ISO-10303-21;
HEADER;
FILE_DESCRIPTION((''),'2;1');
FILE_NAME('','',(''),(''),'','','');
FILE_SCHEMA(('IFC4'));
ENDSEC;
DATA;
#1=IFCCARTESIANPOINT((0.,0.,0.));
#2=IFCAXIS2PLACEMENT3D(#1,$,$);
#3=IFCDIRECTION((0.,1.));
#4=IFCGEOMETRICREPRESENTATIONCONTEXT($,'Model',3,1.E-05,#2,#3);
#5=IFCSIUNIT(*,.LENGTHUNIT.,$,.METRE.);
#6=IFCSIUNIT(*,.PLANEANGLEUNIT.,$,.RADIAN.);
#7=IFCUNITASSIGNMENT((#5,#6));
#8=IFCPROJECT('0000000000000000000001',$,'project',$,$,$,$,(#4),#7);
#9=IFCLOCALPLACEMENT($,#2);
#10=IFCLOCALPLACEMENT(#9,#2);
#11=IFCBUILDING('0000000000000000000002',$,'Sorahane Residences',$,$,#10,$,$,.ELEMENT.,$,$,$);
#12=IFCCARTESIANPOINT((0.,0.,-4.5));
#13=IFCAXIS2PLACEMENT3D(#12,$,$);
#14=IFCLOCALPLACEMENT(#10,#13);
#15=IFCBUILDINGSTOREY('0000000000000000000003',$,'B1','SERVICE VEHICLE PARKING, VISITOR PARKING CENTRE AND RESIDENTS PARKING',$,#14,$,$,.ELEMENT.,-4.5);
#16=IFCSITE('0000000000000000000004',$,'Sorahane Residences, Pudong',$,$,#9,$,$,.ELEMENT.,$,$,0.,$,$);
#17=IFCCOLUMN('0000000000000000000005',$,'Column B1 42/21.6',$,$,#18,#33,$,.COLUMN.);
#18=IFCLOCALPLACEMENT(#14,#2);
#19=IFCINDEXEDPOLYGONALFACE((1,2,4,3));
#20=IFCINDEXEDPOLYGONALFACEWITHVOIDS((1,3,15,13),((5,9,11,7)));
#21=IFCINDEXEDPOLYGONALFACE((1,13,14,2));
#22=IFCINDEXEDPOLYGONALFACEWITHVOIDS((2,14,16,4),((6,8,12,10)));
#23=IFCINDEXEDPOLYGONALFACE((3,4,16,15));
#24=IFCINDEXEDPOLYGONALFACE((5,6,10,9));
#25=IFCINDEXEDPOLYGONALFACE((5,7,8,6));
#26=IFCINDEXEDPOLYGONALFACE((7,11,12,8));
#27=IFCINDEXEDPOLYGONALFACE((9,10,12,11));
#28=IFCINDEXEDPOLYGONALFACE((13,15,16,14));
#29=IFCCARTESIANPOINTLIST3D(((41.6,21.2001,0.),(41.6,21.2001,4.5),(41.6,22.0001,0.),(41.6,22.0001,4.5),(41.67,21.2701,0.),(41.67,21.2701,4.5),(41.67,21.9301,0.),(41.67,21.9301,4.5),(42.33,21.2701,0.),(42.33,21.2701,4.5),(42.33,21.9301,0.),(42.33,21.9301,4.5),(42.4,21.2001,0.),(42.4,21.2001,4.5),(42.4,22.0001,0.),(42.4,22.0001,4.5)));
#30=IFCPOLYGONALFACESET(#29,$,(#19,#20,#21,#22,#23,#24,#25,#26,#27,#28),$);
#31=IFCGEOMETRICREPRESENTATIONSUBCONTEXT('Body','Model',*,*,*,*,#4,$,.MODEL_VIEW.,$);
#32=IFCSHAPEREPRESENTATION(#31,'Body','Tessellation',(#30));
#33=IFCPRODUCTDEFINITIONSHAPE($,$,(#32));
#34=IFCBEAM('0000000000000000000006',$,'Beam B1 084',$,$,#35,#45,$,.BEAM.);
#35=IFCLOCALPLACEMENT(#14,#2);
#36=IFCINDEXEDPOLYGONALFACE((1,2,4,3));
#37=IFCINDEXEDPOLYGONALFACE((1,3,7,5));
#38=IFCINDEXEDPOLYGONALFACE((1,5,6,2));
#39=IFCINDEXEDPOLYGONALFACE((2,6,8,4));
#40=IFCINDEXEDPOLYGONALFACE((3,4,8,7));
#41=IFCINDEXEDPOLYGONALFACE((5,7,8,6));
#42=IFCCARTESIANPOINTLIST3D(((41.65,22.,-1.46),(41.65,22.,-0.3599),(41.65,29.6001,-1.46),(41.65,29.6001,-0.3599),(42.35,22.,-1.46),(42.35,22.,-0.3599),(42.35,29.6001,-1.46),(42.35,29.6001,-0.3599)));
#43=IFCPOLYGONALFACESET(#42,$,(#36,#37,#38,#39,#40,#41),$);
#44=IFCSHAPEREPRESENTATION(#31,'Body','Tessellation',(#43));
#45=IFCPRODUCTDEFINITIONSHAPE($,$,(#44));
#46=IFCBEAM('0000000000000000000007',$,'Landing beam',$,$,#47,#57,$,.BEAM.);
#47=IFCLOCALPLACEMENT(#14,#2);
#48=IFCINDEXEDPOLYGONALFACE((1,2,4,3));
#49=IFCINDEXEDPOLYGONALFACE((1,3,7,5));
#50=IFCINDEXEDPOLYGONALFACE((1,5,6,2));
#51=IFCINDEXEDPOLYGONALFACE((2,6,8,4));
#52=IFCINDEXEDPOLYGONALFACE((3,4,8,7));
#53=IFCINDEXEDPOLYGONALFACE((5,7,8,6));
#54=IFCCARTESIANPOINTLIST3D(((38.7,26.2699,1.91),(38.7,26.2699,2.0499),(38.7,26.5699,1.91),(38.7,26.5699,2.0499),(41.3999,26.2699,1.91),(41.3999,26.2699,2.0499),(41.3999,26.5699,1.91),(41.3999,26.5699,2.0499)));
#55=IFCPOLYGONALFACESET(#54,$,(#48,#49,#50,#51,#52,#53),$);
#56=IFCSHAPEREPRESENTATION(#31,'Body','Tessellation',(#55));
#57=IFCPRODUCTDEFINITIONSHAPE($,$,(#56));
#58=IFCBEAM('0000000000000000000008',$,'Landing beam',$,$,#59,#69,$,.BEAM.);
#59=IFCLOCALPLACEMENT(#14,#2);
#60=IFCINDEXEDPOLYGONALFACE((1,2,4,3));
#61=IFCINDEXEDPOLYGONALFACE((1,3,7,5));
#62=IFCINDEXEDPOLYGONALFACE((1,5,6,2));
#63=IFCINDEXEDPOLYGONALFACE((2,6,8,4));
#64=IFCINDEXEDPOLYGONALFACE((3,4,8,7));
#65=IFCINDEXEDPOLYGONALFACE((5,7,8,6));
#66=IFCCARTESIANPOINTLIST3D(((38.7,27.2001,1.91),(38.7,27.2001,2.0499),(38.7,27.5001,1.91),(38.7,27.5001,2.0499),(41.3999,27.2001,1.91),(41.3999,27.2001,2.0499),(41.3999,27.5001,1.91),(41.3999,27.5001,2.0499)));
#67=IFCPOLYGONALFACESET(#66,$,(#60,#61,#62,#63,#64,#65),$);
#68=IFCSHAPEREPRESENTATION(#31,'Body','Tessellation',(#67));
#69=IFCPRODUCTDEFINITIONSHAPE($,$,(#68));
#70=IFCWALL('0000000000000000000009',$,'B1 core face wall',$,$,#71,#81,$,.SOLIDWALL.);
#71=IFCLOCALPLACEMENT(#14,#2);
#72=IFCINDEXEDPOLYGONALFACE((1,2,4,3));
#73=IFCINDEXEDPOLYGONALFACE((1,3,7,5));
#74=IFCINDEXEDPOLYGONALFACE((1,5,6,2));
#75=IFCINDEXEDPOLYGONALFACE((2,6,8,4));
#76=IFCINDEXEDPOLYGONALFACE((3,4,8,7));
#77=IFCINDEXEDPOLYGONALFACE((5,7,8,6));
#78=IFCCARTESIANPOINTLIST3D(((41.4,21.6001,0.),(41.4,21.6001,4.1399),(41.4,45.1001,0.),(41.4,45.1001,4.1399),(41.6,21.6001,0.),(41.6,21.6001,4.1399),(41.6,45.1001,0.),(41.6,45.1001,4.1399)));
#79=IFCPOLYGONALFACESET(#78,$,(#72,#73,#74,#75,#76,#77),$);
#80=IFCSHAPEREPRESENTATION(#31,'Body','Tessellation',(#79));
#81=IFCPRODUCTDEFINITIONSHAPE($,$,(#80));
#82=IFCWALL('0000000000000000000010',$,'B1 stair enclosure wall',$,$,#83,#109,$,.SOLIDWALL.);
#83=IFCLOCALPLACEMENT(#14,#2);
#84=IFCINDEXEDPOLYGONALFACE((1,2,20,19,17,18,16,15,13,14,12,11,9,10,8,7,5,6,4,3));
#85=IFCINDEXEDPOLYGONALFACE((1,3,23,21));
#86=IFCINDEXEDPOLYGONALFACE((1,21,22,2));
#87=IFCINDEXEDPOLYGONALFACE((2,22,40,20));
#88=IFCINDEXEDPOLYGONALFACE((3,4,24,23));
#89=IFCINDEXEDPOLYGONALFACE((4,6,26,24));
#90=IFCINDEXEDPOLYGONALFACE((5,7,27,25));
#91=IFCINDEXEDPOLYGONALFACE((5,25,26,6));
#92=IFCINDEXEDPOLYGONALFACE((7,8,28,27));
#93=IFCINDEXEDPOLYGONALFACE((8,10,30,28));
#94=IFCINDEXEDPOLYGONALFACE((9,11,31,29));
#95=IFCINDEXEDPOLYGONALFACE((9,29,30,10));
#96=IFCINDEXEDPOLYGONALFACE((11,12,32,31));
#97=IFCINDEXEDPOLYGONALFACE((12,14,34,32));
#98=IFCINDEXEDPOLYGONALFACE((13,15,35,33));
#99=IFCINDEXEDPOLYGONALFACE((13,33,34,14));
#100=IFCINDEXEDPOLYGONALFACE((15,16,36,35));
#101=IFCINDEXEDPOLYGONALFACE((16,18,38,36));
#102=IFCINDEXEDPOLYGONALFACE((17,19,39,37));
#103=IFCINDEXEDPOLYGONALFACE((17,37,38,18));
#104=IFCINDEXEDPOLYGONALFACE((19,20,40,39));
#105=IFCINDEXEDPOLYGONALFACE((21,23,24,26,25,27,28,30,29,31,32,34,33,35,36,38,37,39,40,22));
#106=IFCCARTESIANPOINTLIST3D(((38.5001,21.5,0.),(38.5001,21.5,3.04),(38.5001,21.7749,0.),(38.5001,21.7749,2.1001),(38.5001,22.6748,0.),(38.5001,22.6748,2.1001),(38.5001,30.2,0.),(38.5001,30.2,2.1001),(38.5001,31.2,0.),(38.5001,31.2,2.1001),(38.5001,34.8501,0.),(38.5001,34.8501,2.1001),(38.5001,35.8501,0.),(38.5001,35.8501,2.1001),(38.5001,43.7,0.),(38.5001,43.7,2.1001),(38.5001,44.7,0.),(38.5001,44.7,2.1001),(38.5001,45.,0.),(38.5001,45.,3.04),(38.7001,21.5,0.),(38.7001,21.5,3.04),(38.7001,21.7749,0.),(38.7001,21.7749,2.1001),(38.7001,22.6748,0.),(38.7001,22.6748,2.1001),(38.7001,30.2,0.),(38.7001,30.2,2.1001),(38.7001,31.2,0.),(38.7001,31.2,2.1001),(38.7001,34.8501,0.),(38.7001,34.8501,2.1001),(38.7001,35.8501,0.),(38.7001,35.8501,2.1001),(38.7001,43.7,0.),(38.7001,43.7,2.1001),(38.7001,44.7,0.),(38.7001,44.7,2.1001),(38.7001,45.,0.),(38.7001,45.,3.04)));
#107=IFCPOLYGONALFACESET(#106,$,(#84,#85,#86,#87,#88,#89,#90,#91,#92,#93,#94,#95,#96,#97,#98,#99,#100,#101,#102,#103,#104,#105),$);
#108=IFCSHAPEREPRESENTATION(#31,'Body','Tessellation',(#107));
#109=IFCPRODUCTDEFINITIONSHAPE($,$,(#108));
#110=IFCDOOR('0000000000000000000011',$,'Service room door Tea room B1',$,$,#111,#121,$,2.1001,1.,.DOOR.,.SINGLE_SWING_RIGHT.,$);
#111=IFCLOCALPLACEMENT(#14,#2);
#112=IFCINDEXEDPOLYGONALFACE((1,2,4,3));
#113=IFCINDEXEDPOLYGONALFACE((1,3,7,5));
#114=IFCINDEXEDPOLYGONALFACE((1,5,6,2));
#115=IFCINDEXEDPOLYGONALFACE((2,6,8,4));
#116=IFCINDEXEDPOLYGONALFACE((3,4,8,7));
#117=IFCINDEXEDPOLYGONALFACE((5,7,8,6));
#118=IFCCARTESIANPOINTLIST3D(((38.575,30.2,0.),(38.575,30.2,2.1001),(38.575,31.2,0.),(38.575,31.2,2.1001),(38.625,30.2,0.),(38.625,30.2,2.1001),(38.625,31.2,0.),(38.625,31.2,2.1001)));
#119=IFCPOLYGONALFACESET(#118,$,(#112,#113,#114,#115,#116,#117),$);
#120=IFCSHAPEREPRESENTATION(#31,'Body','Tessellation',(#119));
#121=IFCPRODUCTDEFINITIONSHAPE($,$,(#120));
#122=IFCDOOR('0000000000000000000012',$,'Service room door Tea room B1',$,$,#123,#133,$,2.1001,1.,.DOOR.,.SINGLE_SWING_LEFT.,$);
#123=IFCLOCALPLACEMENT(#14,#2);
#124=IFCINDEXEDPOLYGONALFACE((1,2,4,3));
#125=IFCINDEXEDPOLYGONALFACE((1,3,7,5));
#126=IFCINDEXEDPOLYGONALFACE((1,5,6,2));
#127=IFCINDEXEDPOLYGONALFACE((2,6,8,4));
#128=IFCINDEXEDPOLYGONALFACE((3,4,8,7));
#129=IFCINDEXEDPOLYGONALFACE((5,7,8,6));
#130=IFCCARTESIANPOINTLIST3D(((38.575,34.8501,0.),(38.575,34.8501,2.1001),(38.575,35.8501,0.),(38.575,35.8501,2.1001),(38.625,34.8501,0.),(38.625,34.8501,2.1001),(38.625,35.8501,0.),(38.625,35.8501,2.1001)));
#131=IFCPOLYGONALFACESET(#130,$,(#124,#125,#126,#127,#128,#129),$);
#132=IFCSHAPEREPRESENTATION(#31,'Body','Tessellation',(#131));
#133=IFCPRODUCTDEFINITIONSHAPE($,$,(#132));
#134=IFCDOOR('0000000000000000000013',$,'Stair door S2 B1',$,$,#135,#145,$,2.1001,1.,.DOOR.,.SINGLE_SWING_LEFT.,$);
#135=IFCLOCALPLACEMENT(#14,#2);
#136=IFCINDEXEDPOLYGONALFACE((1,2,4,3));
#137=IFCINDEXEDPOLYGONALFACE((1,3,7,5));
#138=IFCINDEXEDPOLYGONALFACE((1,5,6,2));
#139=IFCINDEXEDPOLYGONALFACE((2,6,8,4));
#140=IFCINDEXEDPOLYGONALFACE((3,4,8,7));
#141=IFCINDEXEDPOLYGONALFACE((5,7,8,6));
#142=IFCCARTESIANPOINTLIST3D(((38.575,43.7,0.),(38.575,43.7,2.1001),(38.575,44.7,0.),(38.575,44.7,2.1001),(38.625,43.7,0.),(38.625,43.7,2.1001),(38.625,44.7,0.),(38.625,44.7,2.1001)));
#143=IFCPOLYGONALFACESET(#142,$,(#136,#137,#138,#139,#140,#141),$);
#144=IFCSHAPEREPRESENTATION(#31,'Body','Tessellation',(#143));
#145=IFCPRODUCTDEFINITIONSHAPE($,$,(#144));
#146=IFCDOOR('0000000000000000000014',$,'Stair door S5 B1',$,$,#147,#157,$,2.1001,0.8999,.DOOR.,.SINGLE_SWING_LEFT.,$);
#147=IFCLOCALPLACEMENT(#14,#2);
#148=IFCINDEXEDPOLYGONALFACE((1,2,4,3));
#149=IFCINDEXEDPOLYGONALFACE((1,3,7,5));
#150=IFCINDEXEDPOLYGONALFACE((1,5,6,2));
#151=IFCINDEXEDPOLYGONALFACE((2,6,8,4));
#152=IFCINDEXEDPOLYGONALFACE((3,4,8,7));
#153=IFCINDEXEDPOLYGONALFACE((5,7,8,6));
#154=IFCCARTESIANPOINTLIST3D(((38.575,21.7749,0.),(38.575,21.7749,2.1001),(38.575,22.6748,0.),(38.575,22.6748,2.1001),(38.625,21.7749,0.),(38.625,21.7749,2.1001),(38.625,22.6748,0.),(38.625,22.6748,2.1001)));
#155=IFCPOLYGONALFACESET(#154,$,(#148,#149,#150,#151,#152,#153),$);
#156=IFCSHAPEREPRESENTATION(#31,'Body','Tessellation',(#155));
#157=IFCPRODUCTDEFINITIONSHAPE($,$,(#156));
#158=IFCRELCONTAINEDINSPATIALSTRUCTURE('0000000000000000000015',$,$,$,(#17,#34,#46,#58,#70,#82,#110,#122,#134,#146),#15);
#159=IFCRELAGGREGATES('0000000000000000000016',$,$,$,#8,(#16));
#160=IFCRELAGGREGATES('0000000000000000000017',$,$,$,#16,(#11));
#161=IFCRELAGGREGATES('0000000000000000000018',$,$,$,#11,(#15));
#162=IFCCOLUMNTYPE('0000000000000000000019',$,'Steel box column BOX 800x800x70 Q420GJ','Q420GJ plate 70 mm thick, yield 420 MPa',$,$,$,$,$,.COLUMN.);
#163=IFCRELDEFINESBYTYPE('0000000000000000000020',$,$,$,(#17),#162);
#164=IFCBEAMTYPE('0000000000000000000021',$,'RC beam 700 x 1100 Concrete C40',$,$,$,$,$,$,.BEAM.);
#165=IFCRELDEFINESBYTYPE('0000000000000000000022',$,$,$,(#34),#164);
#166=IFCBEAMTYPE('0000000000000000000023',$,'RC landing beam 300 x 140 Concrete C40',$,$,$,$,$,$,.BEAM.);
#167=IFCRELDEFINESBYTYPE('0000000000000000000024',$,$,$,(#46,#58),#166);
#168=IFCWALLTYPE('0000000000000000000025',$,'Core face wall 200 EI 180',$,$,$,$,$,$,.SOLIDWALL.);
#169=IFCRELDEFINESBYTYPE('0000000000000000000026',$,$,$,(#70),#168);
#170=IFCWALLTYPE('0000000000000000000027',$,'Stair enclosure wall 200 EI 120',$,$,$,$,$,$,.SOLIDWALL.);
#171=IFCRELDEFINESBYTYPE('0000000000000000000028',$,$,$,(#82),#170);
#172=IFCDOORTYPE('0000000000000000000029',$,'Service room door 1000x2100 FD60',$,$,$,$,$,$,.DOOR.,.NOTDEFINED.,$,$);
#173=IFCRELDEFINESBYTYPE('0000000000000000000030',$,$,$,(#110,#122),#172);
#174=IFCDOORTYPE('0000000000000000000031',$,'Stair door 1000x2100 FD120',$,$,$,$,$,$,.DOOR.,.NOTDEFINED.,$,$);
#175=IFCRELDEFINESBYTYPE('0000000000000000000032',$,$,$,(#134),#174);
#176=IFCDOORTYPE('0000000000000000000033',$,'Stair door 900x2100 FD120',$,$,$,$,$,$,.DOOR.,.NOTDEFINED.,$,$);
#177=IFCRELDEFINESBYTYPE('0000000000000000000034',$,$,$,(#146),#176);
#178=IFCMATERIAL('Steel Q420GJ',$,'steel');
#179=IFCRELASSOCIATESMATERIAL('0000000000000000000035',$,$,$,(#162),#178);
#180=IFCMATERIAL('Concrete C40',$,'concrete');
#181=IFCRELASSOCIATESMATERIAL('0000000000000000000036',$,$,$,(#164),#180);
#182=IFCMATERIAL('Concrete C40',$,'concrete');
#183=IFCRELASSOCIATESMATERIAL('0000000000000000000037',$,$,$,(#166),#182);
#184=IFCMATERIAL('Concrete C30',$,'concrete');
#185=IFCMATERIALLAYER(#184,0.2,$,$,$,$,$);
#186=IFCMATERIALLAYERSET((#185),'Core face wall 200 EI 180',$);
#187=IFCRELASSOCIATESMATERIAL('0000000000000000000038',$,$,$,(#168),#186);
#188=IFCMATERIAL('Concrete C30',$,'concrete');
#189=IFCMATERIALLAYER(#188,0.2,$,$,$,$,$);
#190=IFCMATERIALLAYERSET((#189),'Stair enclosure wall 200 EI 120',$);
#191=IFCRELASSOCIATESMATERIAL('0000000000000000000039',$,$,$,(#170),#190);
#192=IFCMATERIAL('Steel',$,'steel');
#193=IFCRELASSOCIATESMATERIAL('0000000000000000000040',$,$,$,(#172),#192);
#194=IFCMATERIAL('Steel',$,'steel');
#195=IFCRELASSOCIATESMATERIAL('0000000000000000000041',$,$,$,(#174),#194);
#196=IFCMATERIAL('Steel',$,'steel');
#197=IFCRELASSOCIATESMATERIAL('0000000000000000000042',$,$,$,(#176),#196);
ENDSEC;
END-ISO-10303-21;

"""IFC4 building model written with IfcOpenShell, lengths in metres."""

from ifc_helpers import new_model, si_unit, direction, frame, frame_2d, origin, origin_2d, place, context, subcontext, project, spatial, rectangle, hollow_rectangle, extrude, material, layer, layer_set, material_profile, profile_set, type_object, element, fill, save


model = new_model("IFC4")

# Units and contexts
model_context = context("Model", 3, precision=1e-05, world=origin(), true_north=direction((0.0, 1.0)))
body_context = subcontext(model_context, "Body", "Model", "MODEL_VIEW")
ifc_project = project(units=[si_unit("LENGTHUNIT", "METRE"), si_unit("PLANEANGLEUNIT", "RADIAN")], contexts=[model_context])

# Site, building, storey
site_placement = place(None, origin())
site = spatial("IfcSite", under=ifc_project, at=site_placement, Name="Sorahane Residences, Pudong", CompositionType="ELEMENT", RefElevation=0.0)
building_placement = place(site_placement, origin())
building = spatial("IfcBuilding", under=site, at=building_placement, Name="Sorahane Residences", CompositionType="ELEMENT")
storey_placement = place(building_placement, frame((0.0, 0.0, -4.5)))
storey = spatial("IfcBuildingStorey", under=building, at=storey_placement, Name="B1", Description="SERVICE VEHICLE PARKING, VISITOR PARKING CENTRE AND RESIDENTS PARKING", CompositionType="ELEMENT", Elevation=-4.5)

# Column
ifc_material_1 = material(Name="Steel Q420GJ", Category="steel")
ifc_material_profile_1 = material_profile(ifc_material_1, hollow_rectangle(XDim=0.8, YDim=0.8, WallThickness=0.0701, at=origin_2d()), Name="BOX 800x800x70")
ifc_profile_set_1 = profile_set([ifc_material_profile_1], Name="Steel Q420GJ")
column_type = type_object("IfcColumnType", Name="Steel box column BOX 800x800x70 Q420GJ", Description="Q420GJ plate 70 mm thick, yield 420 MPa", PredefinedType="COLUMN", material=ifc_profile_set_1)
column_placement = place(storey_placement, frame((42.0, 21.6001, 0.0), z_axis=(0.0, 0.0, 1.0), x_axis=(1.0, 0.0, 0.0)))
element("IfcColumn", 1, at=column_placement, inside=storey, type_object=column_type, Name="Column B1 42/21.6", PredefinedType="COLUMN", context=body_context, shape_type="SweptSolid", body=[
    extrude(hollow_rectangle(XDim=0.8, YDim=0.8, WallThickness=0.0701, at=origin_2d()), origin(), (0.0, 0.0, 1.0), 4.5),
])

# Beams
ifc_material_2 = material(Name="Concrete C40", Category="concrete")
ifc_material_profile_2 = material_profile(ifc_material_2, rectangle(XDim=0.7, YDim=1.1001, at=origin_2d()), Name="700x1100")
ifc_profile_set_2 = profile_set([ifc_material_profile_2], Name="Concrete C40")
beam_type_1 = type_object("IfcBeamType", Name="RC beam 700 x 1100 Concrete C40", PredefinedType="BEAM", material=ifc_profile_set_2)
beam_placement = place(storey_placement, frame((42.0, 22.0, -0.9099), z_axis=(0.0, 1.0, 0.0), x_axis=(-1.0, 0.0, 0.0)))
element("IfcBeam", 2, at=beam_placement, inside=storey, type_object=beam_type_1, Name="Beam B1 084", PredefinedType="BEAM", context=body_context, shape_type="SweptSolid", body=[
    extrude(rectangle(XDim=0.7, YDim=1.1001, at=origin_2d()), origin(), (0.0, 0.0, 1.0), 7.6001),
])
ifc_material_3 = material(Name="Concrete C40", Category="concrete")
ifc_material_profile_3 = material_profile(ifc_material_3, rectangle(XDim=0.3, YDim=0.1399, at=origin_2d()), Name="300x140")
ifc_profile_set_3 = profile_set([ifc_material_profile_3], Name="Concrete C40")
beam_type_2 = type_object("IfcBeamType", Name="RC landing beam 300 x 140 Concrete C40", PredefinedType="BEAM", material=ifc_profile_set_3)
for number, where, z_axis, x_axis, name in (
    (3, (38.7, 26.4199, 1.98), (1.0, 0.0, 0.0), (0.0, 1.0, 0.0), "Landing beam"),
    (4, (38.7, 27.3501, 1.98), (1.0, 0.0, 0.0), (0.0, 1.0, 0.0), "Landing beam"),
):
    element("IfcBeam", number, at=place(storey_placement, frame(where, z_axis=z_axis, x_axis=x_axis)), inside=storey, type_object=beam_type_2, Name=name, PredefinedType="BEAM", context=body_context, shape_type="SweptSolid", body=[
        extrude(rectangle(XDim=0.3, YDim=0.1399, at=origin_2d()), origin(), (0.0, 0.0, 1.0), 2.7),
    ])

# Wall
ifc_material_4 = material(Name="Concrete C30", Category="concrete")
ifc_layer_1 = layer(ifc_material_4, 0.2)
ifc_layer_set_1 = layer_set([ifc_layer_1], Name="Core face wall 200 EI 180")
wall_type_1 = type_object("IfcWallType", Name="Core face wall 200 EI 180", PredefinedType="SOLIDWALL", material=ifc_layer_set_1)
wall_1_placement = place(storey_placement, frame((41.5, 21.6001, 0.0), z_axis=(0.0, 0.0, 1.0), x_axis=(0.0, 1.0, 0.0)))
element("IfcWall", 5, at=wall_1_placement, inside=storey, type_object=wall_type_1, Name="B1 core face wall", PredefinedType="SOLIDWALL", context=body_context, shape_type="SweptSolid", body=[
    extrude(rectangle(XDim=23.5, YDim=0.2, at=frame_2d((11.75, 0.0))), origin(), (0.0, 0.0, 1.0), 4.1399),
])

# Wall, openings, doors
ifc_material_5 = material(Name="Concrete C30", Category="concrete")
ifc_layer_2 = layer(ifc_material_5, 0.2)
ifc_layer_set_2 = layer_set([ifc_layer_2], Name="Stair enclosure wall 200 EI 120")
wall_type_2 = type_object("IfcWallType", Name="Stair enclosure wall 200 EI 120", PredefinedType="SOLIDWALL", material=ifc_layer_set_2)
wall_2_placement = place(storey_placement, frame((38.6001, 21.5, 0.0), z_axis=(0.0, 0.0, 1.0), x_axis=(0.0, 1.0, 0.0)))
wall_2 = element("IfcWall", 6, at=wall_2_placement, inside=storey, type_object=wall_type_2, Name="B1 stair enclosure wall", PredefinedType="SOLIDWALL", context=body_context, shape_type="SweptSolid", body=[
    extrude(rectangle(XDim=23.5, YDim=0.2, at=frame_2d((11.75, 0.0))), origin(), (0.0, 0.0, 1.0), 3.04),
])
opening_1_placement = place(wall_2_placement, frame((8.7, 0.0, 0.0)))
opening_1 = element("IfcOpeningElement", 7, at=opening_1_placement, cuts=wall_2, PredefinedType="OPENING", context=body_context, shape_type="SweptSolid", body=[
    extrude(rectangle(XDim=1.0, YDim=2.1001, at=frame_2d((0.5, 1.05))), frame((0.0, 0.1099, 0.0), z_axis=(0.0, -1.0, 0.0), x_axis=(1.0, 0.0, 0.0)), (0.0, 0.0, 1.0), 0.22),
])
opening_2_placement = place(wall_2_placement, frame((13.3501, 0.0, 0.0)))
opening_2 = element("IfcOpeningElement", 8, at=opening_2_placement, cuts=wall_2, PredefinedType="OPENING", context=body_context, shape_type="SweptSolid", body=[
    extrude(rectangle(XDim=1.0, YDim=2.1001, at=frame_2d((0.5, 1.05))), frame((0.0, 0.1099, 0.0), z_axis=(0.0, -1.0, 0.0), x_axis=(1.0, 0.0, 0.0)), (0.0, 0.0, 1.0), 0.22),
])
opening_3_placement = place(wall_2_placement, frame((22.2, 0.0, 0.0)))
opening_3 = element("IfcOpeningElement", 9, at=opening_3_placement, cuts=wall_2, PredefinedType="OPENING", context=body_context, shape_type="SweptSolid", body=[
    extrude(rectangle(XDim=1.0, YDim=2.1001, at=frame_2d((0.5, 1.05))), frame((0.0, 0.1099, 0.0), z_axis=(0.0, -1.0, 0.0), x_axis=(1.0, 0.0, 0.0)), (0.0, 0.0, 1.0), 0.22),
])
opening_4_placement = place(wall_2_placement, frame((0.2749, 0.0, 0.0)))
opening_4 = element("IfcOpeningElement", 10, at=opening_4_placement, cuts=wall_2, PredefinedType="OPENING", context=body_context, shape_type="SweptSolid", body=[
    extrude(rectangle(XDim=0.8999, YDim=2.1001, at=frame_2d((0.45, 1.05))), frame((0.0, 0.1099, 0.0), z_axis=(0.0, -1.0, 0.0), x_axis=(1.0, 0.0, 0.0)), (0.0, 0.0, 1.0), 0.22),
])
ifc_material_6 = material(Name="Steel", Category="steel")
door_type_1 = type_object("IfcDoorType", Name="Service room door 1000x2100 FD60", OperationType="NOTDEFINED", PredefinedType="DOOR", material=ifc_material_6)
door_1_placement = place(opening_1_placement, frame((1.0, 0.0, 0.0), z_axis=(0.0, 0.0, 1.0), x_axis=(-1.0, 0.0, 0.0)))
door_1 = element("IfcDoor", 11, at=door_1_placement, inside=storey, type_object=door_type_1, Name="Service room door Tea room B1", OperationType="SINGLE_SWING_RIGHT", OverallHeight=2.1001, OverallWidth=1.0, PredefinedType="DOOR", context=body_context, shape_type="SweptSolid", body=[
    extrude(rectangle(XDim=1.0, YDim=2.1001, at=frame_2d((0.5, 1.05))), frame((0.0, 0.0249, 0.0), z_axis=(0.0, -1.0, 0.0), x_axis=(1.0, 0.0, 0.0)), (0.0, 0.0, 1.0), 0.05),
])
fill(opening_1, door_1)
door_2_placement = place(opening_2_placement, frame((1.0, 0.0, 0.0), z_axis=(0.0, 0.0, 1.0), x_axis=(-1.0, 0.0, 0.0)))
door_2 = element("IfcDoor", 12, at=door_2_placement, inside=storey, type_object=door_type_1, Name="Service room door Tea room B1", OperationType="SINGLE_SWING_LEFT", OverallHeight=2.1001, OverallWidth=1.0, PredefinedType="DOOR", context=body_context, shape_type="SweptSolid", body=[
    extrude(rectangle(XDim=1.0, YDim=2.1001, at=frame_2d((0.5, 1.05))), frame((0.0, 0.0249, 0.0), z_axis=(0.0, -1.0, 0.0), x_axis=(1.0, 0.0, 0.0)), (0.0, 0.0, 1.0), 0.05),
])
fill(opening_2, door_2)
ifc_material_7 = material(Name="Steel", Category="steel")
door_type_2 = type_object("IfcDoorType", Name="Stair door 1000x2100 FD120", OperationType="NOTDEFINED", PredefinedType="DOOR", material=ifc_material_7)
door_3_placement = place(opening_3_placement, frame((1.0, 0.0, 0.0), z_axis=(0.0, 0.0, 1.0), x_axis=(-1.0, 0.0, 0.0)))
door_3 = element("IfcDoor", 13, at=door_3_placement, inside=storey, type_object=door_type_2, Name="Stair door S2 B1", OperationType="SINGLE_SWING_LEFT", OverallHeight=2.1001, OverallWidth=1.0, PredefinedType="DOOR", context=body_context, shape_type="SweptSolid", body=[
    extrude(rectangle(XDim=1.0, YDim=2.1001, at=frame_2d((0.5, 1.05))), frame((0.0, 0.0249, 0.0), z_axis=(0.0, -1.0, 0.0), x_axis=(1.0, 0.0, 0.0)), (0.0, 0.0, 1.0), 0.05),
])
fill(opening_3, door_3)
ifc_material_8 = material(Name="Steel", Category="steel")
door_type_3 = type_object("IfcDoorType", Name="Stair door 900x2100 FD120", OperationType="NOTDEFINED", PredefinedType="DOOR", material=ifc_material_8)
door_4_placement = place(opening_4_placement, frame((0.8999, 0.0, 0.0), z_axis=(0.0, 0.0, 1.0), x_axis=(-1.0, 0.0, 0.0)))
door_4 = element("IfcDoor", 14, at=door_4_placement, inside=storey, type_object=door_type_3, Name="Stair door S5 B1", OperationType="SINGLE_SWING_LEFT", OverallHeight=2.1001, OverallWidth=0.8999, PredefinedType="DOOR", context=body_context, shape_type="SweptSolid", body=[
    extrude(rectangle(XDim=0.8999, YDim=2.1001, at=frame_2d((0.45, 1.05))), frame((0.0, 0.0249, 0.0), z_axis=(0.0, -1.0, 0.0), x_axis=(1.0, 0.0, 0.0)), (0.0, 0.0, 1.0), 0.05),
])
fill(opening_4, door_4)

save(model, "model.ifc")
